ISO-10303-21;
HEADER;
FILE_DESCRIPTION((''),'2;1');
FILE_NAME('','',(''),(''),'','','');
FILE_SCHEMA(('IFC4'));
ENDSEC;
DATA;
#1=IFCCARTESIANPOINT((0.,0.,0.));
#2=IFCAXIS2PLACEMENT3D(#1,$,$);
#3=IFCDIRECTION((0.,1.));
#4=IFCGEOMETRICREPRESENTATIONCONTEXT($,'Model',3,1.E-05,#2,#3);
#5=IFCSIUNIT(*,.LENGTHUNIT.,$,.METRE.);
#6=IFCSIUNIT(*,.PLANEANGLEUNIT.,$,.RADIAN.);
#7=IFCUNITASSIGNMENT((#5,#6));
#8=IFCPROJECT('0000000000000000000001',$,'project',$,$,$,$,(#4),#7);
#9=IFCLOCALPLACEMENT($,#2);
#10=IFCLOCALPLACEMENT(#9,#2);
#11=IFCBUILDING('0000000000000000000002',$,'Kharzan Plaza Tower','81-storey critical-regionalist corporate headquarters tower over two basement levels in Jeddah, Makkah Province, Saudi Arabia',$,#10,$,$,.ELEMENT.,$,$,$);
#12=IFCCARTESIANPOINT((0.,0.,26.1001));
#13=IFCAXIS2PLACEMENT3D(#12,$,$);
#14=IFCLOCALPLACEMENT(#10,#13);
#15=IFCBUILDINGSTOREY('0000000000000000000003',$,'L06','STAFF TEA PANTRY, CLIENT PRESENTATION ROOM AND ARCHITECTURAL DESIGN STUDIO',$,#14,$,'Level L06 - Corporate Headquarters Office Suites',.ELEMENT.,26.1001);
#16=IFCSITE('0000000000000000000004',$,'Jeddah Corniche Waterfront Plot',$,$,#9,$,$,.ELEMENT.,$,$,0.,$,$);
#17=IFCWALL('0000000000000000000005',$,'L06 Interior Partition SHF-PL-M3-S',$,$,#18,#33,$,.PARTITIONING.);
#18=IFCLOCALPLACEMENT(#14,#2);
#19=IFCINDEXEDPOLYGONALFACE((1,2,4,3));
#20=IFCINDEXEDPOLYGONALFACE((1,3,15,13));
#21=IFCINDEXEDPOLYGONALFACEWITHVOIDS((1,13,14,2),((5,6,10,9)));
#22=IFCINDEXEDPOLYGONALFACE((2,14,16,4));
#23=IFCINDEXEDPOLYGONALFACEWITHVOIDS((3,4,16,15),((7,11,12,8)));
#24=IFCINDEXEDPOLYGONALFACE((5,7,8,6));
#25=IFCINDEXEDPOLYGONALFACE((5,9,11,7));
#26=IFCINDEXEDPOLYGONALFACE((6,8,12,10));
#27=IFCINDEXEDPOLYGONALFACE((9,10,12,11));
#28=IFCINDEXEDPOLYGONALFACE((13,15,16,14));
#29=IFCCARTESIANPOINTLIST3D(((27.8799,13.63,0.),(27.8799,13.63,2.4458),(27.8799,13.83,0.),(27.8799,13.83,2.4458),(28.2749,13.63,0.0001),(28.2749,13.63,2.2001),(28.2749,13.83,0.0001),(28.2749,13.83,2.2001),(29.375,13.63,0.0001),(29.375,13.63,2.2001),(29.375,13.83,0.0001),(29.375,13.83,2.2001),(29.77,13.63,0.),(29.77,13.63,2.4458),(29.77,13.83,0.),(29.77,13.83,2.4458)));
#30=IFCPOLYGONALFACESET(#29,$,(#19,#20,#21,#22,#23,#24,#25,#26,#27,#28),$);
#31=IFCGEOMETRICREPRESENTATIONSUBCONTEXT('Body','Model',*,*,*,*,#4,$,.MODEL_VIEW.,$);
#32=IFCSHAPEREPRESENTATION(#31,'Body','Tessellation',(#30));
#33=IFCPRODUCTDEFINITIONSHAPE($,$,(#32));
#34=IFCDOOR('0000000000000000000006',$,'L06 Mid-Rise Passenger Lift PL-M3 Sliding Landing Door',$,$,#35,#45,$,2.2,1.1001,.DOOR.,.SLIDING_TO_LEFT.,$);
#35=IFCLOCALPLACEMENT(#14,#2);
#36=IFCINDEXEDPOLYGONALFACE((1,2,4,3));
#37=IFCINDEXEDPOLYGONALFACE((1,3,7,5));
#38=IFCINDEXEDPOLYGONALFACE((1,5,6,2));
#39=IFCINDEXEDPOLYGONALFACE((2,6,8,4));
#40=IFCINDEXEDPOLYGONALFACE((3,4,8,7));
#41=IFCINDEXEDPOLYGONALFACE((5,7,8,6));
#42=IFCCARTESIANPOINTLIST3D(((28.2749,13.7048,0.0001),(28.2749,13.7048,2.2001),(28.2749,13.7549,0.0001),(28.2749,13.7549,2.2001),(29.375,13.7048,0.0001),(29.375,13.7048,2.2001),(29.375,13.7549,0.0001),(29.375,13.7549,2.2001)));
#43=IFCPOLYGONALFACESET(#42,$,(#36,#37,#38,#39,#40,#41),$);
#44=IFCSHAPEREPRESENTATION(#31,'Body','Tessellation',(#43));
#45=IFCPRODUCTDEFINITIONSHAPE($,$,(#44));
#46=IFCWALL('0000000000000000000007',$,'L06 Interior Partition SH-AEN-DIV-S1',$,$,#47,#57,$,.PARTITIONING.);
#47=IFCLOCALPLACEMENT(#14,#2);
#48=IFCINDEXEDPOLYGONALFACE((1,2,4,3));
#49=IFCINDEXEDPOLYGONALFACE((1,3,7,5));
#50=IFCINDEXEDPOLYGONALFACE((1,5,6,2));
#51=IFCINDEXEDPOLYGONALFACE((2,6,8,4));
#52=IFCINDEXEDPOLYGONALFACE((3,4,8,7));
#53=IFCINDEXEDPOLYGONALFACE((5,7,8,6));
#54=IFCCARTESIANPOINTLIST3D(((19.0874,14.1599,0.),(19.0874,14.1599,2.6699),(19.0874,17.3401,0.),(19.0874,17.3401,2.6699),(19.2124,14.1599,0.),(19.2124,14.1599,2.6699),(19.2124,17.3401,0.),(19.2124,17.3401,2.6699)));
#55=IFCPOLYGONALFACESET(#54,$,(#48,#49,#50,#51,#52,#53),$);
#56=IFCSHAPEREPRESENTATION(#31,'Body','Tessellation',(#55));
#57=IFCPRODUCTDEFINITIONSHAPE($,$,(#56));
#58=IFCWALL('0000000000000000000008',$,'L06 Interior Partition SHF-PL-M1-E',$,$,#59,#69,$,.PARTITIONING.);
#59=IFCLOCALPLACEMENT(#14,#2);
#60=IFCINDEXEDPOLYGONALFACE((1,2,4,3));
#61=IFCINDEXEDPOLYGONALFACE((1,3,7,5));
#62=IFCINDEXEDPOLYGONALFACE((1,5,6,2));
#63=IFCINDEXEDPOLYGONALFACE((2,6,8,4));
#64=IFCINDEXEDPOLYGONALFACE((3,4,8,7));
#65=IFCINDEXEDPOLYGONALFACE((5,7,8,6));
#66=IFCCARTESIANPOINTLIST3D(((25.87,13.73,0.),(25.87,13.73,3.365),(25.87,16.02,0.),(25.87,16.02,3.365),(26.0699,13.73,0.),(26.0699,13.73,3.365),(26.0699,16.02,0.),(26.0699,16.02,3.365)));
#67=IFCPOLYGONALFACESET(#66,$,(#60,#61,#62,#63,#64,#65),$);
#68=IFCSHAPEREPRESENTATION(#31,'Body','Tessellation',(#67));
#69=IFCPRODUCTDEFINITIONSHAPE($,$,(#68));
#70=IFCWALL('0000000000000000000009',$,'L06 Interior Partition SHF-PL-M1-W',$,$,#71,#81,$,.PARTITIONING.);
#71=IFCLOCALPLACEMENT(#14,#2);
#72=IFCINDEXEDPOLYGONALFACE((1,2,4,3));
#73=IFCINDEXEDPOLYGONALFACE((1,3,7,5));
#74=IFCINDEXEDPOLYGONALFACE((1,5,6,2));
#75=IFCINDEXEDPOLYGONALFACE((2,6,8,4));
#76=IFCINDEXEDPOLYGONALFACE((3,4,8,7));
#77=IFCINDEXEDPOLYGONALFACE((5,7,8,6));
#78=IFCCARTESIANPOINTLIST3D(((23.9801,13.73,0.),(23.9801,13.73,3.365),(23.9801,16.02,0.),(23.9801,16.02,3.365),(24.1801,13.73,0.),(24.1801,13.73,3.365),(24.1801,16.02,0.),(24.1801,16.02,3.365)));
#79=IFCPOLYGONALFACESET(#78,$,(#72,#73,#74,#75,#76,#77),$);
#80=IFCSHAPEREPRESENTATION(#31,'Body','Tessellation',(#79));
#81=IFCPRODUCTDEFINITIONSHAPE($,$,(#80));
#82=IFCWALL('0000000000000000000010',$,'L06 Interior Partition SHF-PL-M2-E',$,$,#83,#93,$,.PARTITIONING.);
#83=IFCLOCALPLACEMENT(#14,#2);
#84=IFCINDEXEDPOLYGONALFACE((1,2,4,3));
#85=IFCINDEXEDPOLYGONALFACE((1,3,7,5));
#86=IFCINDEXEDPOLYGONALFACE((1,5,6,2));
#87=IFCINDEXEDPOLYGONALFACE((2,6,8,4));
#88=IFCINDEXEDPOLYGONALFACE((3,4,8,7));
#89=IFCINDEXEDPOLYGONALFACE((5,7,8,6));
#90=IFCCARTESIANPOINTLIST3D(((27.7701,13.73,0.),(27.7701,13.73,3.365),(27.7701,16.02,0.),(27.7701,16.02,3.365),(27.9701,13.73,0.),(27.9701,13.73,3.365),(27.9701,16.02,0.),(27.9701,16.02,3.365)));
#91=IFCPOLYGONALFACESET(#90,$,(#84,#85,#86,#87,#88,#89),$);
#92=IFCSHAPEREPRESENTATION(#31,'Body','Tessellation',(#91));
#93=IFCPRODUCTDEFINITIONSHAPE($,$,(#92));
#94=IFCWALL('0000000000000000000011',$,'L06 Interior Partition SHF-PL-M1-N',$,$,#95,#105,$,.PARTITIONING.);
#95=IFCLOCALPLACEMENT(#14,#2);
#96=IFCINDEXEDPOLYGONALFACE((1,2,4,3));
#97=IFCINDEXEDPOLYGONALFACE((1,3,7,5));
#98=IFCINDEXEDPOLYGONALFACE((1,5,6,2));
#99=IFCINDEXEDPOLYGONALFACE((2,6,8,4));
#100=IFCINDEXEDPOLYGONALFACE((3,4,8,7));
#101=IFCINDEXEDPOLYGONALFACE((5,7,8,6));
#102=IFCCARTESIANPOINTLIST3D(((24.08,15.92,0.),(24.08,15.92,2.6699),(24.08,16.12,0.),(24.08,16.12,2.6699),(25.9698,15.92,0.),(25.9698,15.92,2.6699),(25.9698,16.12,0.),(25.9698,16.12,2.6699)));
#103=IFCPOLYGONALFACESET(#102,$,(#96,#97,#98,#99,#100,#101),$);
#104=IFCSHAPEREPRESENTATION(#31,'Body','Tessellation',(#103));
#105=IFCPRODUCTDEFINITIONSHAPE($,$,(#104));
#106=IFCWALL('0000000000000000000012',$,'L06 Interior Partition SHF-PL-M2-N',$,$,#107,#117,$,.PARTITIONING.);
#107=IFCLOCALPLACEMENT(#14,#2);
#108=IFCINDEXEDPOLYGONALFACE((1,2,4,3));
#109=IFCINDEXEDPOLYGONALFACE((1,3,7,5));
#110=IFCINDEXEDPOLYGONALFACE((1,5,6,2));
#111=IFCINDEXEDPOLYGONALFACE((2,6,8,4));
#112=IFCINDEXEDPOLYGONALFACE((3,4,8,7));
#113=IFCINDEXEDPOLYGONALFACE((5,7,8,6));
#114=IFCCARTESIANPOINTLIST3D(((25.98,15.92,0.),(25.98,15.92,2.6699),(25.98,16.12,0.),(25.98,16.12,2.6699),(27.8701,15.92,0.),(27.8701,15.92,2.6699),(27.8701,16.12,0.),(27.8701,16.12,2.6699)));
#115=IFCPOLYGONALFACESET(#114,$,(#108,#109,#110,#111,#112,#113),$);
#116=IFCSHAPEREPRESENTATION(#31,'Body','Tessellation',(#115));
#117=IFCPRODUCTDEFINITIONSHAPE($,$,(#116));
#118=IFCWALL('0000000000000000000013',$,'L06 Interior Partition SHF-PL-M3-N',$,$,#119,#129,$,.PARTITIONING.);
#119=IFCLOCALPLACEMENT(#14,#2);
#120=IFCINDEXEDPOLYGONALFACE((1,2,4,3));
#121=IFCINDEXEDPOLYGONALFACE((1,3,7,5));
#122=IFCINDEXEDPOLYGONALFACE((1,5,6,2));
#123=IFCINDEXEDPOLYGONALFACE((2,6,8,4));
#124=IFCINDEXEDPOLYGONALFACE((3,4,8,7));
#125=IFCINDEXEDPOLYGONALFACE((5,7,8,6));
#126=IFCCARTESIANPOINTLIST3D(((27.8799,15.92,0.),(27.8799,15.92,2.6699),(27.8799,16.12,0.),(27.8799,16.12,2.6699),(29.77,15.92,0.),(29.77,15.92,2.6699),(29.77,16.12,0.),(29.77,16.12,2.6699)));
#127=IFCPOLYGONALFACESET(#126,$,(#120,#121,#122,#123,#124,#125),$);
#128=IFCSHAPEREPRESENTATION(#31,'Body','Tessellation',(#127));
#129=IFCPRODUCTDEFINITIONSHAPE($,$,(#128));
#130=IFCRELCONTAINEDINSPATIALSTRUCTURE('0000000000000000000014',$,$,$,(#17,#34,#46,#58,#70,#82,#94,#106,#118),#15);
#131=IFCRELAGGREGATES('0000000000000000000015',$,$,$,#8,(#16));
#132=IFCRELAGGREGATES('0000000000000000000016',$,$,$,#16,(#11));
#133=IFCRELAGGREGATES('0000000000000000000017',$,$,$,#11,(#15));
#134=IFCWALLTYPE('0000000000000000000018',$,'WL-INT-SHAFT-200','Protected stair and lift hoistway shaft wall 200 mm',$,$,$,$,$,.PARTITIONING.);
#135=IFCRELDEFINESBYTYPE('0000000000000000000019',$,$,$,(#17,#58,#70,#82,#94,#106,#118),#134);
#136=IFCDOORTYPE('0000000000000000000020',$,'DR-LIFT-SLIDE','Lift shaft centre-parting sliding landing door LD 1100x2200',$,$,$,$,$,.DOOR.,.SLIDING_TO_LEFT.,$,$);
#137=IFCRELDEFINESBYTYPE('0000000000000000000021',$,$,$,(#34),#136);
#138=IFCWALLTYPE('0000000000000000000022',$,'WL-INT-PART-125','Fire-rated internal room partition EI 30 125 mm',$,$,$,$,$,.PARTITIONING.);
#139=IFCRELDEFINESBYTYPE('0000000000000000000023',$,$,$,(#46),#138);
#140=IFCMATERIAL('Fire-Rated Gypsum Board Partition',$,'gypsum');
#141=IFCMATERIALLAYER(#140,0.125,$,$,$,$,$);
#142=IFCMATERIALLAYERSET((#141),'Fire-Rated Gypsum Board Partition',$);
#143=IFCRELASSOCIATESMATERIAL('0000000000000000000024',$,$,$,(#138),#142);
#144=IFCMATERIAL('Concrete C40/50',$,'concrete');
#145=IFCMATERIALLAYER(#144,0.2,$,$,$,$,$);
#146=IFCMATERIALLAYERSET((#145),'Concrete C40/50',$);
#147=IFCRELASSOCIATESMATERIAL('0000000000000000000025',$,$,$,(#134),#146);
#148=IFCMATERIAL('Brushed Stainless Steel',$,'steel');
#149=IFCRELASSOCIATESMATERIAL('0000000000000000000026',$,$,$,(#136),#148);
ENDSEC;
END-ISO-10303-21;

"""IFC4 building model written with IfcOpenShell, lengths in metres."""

from ifc_helpers import new_model, si_unit, direction, frame, frame_2d, origin, place, context, subcontext, project, spatial, rectangle, extrude, source, transform, mapped, material, layer, layer_set, type_object, element, fill, save


model = new_model("IFC4")

# Units and contexts
model_context = context("Model", 3, precision=1e-05, world=origin(), true_north=direction((0.0, 1.0)))
body_context = subcontext(model_context, "Body", "Model", "MODEL_VIEW")
ifc_project = project(units=[si_unit("LENGTHUNIT", "METRE"), si_unit("PLANEANGLEUNIT", "RADIAN")], contexts=[model_context])

# Site, building, storey
site_placement = place(None, origin())
site = spatial("IfcSite", under=ifc_project, at=site_placement, Name="Jeddah Corniche Waterfront Plot", CompositionType="ELEMENT", RefElevation=0.0)
building_placement = place(site_placement, origin())
building = spatial("IfcBuilding", under=site, at=building_placement, Name="Kharzan Plaza Tower", Description="81-storey critical-regionalist corporate headquarters tower over two basement levels in Jeddah, Makkah Province, Saudi Arabia", CompositionType="ELEMENT")
storey_placement = place(building_placement, frame((0.0, 0.0, 26.1001)))
storey = spatial("IfcBuildingStorey", under=building, at=storey_placement, Name="L06", Description="STAFF TEA PANTRY, CLIENT PRESENTATION ROOM AND ARCHITECTURAL DESIGN STUDIO", LongName="Level L06 - Corporate Headquarters Office Suites", CompositionType="ELEMENT", Elevation=26.1001)

# Wall, opening, door
ifc_material_1 = material(Name="Fire-Rated Gypsum Board Partition", Category="gypsum")
ifc_layer_1 = layer(ifc_material_1, 0.125)
ifc_layer_set_1 = layer_set([ifc_layer_1], Name="Fire-Rated Gypsum Board Partition")
wall_type_1 = type_object("IfcWallType", Name="WL-INT-PART-125", Description="Fire-rated internal room partition EI 30 125 mm", PredefinedType="PARTITIONING", material=ifc_layer_set_1)
ifc_material_2 = material(Name="Concrete C40/50", Category="concrete")
ifc_layer_2 = layer(ifc_material_2, 0.2)
ifc_layer_set_2 = layer_set([ifc_layer_2], Name="Concrete C40/50")
wall_type_2 = type_object("IfcWallType", Name="WL-INT-SHAFT-200", Description="Protected stair and lift hoistway shaft wall 200 mm", PredefinedType="PARTITIONING", material=ifc_layer_set_2)
ifc_material_3 = material(Name="Brushed Stainless Steel", Category="steel")
door_type_1 = type_object("IfcDoorType", Name="DR-LIFT-SLIDE", Description="Lift shaft centre-parting sliding landing door LD 1100x2200", OperationType="SLIDING_TO_LEFT", PredefinedType="DOOR", material=ifc_material_3)
shared_shape_1 = source(origin(), body_context, "Body", "SweptSolid", [
    extrude(rectangle(XDim=1.1001, YDim=2.2, at=frame_2d((0.55, 1.1001))), frame((0.0, 0.0249, 0.0), z_axis=(0.0, -1.0, 0.0), x_axis=(1.0, 0.0, 0.0)), (0.0, 0.0, 1.0), 0.05),
])
wall_1_placement = place(storey_placement, frame((27.8799, 13.73, 0.0), z_axis=(0.0, 0.0, 1.0), x_axis=(1.0, 0.0, 0.0)))
wall_1 = element("IfcWall", 1, at=wall_1_placement, inside=storey, type_object=wall_type_2, Name="L06 Interior Partition SHF-PL-M3-S", PredefinedType="PARTITIONING", context=body_context, shape_type="SweptSolid", body=[
    extrude(rectangle(XDim=1.8901, YDim=0.2, at=frame_2d((0.9451, 0.0))), origin(), (0.0, 0.0, 1.0), 2.4458),
])
opening_1_placement = place(wall_1_placement, frame((0.395, 0.0, 0.0)))
opening_1 = element("IfcOpeningElement", 2, at=opening_1_placement, cuts=wall_1, PredefinedType="OPENING", context=body_context, shape_type="SweptSolid", body=[
    extrude(rectangle(XDim=1.1001, YDim=2.2, at=frame_2d((0.55, 1.1001))), frame((0.0, 0.1099, 0.0), z_axis=(0.0, -1.0, 0.0), x_axis=(1.0, 0.0, 0.0)), (0.0, 0.0, 1.0), 0.22),
])
door_1_placement = place(opening_1_placement, origin())
door_1 = element("IfcDoor", 3, at=door_1_placement, inside=storey, type_object=door_type_1, Name="L06 Mid-Rise Passenger Lift PL-M3 Sliding Landing Door", OperationType="SLIDING_TO_LEFT", OverallHeight=2.2, OverallWidth=1.1001, PredefinedType="DOOR", context=body_context, shape_type="MappedRepresentation", body=[
    mapped(shared_shape_1, transform((0.0, 0.0, 0.0), x_axis=(1.0, 0.0, 0.0), y_axis=(0.0, 1.0, 0.0), z_axis=(0.0, 0.0, 1.0))),
])
fill(opening_1, door_1)

# Walls
shared_shape_2 = source(origin(), body_context, "Body", "SweptSolid", [
    extrude(rectangle(XDim=3.1802, YDim=0.125, at=frame_2d((1.5901, 0.0))), origin(), (0.0, 0.0, 1.0), 2.6699),
])
wall_2_placement = place(storey_placement, frame((19.1499, 14.1599, 0.0), z_axis=(0.0, 0.0, 1.0), x_axis=(0.0, 1.0, 0.0)))
element("IfcWall", 4, at=wall_2_placement, inside=storey, type_object=wall_type_1, Name="L06 Interior Partition SH-AEN-DIV-S1", PredefinedType="PARTITIONING", context=body_context, shape_type="MappedRepresentation", body=[
    mapped(shared_shape_2, transform((0.0, 0.0, 0.0), x_axis=(1.0, 0.0, 0.0), y_axis=(0.0, 1.0, 0.0), z_axis=(0.0, 0.0, 1.0))),
])
shared_shape_3 = source(origin(), body_context, "Body", "SweptSolid", [
    extrude(rectangle(XDim=2.29, YDim=0.2, at=frame_2d((1.145, 0.0))), origin(), (0.0, 0.0, 1.0), 3.365),
])
for number, where, z_axis, x_axis, name in (
    (5, (25.97, 13.73, 0.0), (0.0, 0.0, 1.0), (0.0, 1.0, 0.0), "L06 Interior Partition SHF-PL-M1-E"),
    (6, (24.0801, 13.73, 0.0), (0.0, 0.0, 1.0), (0.0, 1.0, 0.0), "L06 Interior Partition SHF-PL-M1-W"),
    (7, (27.8701, 13.73, 0.0), (0.0, 0.0, 1.0), (0.0, 1.0, 0.0), "L06 Interior Partition SHF-PL-M2-E"),
):
    element("IfcWall", number, at=place(storey_placement, frame(where, z_axis=z_axis, x_axis=x_axis)), inside=storey, type_object=wall_type_2, Name=name, PredefinedType="PARTITIONING", context=body_context, shape_type="MappedRepresentation", body=[
        mapped(shared_shape_3, transform((0.0, 0.0, 0.0), x_axis=(1.0, 0.0, 0.0), y_axis=(0.0, 1.0, 0.0), z_axis=(0.0, 0.0, 1.0))),
    ])
shared_shape_4 = source(origin(), body_context, "Body", "SweptSolid", [
    extrude(rectangle(XDim=1.8899, YDim=0.2, at=frame_2d((0.9448, 0.0))), origin(), (0.0, 0.0, 1.0), 2.6699),
])
wall_3_placement = place(storey_placement, frame((24.0801, 16.02, 0.0), z_axis=(0.0, 0.0, 1.0), x_axis=(1.0, 0.0, 0.0)))
element("IfcWall", 8, at=wall_3_placement, inside=storey, type_object=wall_type_2, Name="L06 Interior Partition SHF-PL-M1-N", PredefinedType="PARTITIONING", context=body_context, shape_type="MappedRepresentation", body=[
    mapped(shared_shape_4, transform((0.0, 0.0, 0.0), x_axis=(1.0, 0.0, 0.0), y_axis=(0.0, 1.0, 0.0), z_axis=(0.0, 0.0, 1.0))),
])
shared_shape_5 = source(origin(), body_context, "Body", "SweptSolid", [
    extrude(rectangle(XDim=1.8901, YDim=0.2, at=frame_2d((0.9451, 0.0))), origin(), (0.0, 0.0, 1.0), 2.6699),
])
for number, where, z_axis, x_axis, name in (
    (9, (25.98, 16.02, 0.0), (0.0, 0.0, 1.0), (1.0, 0.0, 0.0), "L06 Interior Partition SHF-PL-M2-N"),
    (10, (27.8799, 16.02, 0.0), (0.0, 0.0, 1.0), (1.0, 0.0, 0.0), "L06 Interior Partition SHF-PL-M3-N"),
):
    element("IfcWall", number, at=place(storey_placement, frame(where, z_axis=z_axis, x_axis=x_axis)), inside=storey, type_object=wall_type_2, Name=name, PredefinedType="PARTITIONING", context=body_context, shape_type="MappedRepresentation", body=[
        mapped(shared_shape_5, transform((0.0, 0.0, 0.0), x_axis=(1.0, 0.0, 0.0), y_axis=(0.0, 1.0, 0.0), z_axis=(0.0, 0.0, 1.0))),
    ])

save(model, "model.ifc")
